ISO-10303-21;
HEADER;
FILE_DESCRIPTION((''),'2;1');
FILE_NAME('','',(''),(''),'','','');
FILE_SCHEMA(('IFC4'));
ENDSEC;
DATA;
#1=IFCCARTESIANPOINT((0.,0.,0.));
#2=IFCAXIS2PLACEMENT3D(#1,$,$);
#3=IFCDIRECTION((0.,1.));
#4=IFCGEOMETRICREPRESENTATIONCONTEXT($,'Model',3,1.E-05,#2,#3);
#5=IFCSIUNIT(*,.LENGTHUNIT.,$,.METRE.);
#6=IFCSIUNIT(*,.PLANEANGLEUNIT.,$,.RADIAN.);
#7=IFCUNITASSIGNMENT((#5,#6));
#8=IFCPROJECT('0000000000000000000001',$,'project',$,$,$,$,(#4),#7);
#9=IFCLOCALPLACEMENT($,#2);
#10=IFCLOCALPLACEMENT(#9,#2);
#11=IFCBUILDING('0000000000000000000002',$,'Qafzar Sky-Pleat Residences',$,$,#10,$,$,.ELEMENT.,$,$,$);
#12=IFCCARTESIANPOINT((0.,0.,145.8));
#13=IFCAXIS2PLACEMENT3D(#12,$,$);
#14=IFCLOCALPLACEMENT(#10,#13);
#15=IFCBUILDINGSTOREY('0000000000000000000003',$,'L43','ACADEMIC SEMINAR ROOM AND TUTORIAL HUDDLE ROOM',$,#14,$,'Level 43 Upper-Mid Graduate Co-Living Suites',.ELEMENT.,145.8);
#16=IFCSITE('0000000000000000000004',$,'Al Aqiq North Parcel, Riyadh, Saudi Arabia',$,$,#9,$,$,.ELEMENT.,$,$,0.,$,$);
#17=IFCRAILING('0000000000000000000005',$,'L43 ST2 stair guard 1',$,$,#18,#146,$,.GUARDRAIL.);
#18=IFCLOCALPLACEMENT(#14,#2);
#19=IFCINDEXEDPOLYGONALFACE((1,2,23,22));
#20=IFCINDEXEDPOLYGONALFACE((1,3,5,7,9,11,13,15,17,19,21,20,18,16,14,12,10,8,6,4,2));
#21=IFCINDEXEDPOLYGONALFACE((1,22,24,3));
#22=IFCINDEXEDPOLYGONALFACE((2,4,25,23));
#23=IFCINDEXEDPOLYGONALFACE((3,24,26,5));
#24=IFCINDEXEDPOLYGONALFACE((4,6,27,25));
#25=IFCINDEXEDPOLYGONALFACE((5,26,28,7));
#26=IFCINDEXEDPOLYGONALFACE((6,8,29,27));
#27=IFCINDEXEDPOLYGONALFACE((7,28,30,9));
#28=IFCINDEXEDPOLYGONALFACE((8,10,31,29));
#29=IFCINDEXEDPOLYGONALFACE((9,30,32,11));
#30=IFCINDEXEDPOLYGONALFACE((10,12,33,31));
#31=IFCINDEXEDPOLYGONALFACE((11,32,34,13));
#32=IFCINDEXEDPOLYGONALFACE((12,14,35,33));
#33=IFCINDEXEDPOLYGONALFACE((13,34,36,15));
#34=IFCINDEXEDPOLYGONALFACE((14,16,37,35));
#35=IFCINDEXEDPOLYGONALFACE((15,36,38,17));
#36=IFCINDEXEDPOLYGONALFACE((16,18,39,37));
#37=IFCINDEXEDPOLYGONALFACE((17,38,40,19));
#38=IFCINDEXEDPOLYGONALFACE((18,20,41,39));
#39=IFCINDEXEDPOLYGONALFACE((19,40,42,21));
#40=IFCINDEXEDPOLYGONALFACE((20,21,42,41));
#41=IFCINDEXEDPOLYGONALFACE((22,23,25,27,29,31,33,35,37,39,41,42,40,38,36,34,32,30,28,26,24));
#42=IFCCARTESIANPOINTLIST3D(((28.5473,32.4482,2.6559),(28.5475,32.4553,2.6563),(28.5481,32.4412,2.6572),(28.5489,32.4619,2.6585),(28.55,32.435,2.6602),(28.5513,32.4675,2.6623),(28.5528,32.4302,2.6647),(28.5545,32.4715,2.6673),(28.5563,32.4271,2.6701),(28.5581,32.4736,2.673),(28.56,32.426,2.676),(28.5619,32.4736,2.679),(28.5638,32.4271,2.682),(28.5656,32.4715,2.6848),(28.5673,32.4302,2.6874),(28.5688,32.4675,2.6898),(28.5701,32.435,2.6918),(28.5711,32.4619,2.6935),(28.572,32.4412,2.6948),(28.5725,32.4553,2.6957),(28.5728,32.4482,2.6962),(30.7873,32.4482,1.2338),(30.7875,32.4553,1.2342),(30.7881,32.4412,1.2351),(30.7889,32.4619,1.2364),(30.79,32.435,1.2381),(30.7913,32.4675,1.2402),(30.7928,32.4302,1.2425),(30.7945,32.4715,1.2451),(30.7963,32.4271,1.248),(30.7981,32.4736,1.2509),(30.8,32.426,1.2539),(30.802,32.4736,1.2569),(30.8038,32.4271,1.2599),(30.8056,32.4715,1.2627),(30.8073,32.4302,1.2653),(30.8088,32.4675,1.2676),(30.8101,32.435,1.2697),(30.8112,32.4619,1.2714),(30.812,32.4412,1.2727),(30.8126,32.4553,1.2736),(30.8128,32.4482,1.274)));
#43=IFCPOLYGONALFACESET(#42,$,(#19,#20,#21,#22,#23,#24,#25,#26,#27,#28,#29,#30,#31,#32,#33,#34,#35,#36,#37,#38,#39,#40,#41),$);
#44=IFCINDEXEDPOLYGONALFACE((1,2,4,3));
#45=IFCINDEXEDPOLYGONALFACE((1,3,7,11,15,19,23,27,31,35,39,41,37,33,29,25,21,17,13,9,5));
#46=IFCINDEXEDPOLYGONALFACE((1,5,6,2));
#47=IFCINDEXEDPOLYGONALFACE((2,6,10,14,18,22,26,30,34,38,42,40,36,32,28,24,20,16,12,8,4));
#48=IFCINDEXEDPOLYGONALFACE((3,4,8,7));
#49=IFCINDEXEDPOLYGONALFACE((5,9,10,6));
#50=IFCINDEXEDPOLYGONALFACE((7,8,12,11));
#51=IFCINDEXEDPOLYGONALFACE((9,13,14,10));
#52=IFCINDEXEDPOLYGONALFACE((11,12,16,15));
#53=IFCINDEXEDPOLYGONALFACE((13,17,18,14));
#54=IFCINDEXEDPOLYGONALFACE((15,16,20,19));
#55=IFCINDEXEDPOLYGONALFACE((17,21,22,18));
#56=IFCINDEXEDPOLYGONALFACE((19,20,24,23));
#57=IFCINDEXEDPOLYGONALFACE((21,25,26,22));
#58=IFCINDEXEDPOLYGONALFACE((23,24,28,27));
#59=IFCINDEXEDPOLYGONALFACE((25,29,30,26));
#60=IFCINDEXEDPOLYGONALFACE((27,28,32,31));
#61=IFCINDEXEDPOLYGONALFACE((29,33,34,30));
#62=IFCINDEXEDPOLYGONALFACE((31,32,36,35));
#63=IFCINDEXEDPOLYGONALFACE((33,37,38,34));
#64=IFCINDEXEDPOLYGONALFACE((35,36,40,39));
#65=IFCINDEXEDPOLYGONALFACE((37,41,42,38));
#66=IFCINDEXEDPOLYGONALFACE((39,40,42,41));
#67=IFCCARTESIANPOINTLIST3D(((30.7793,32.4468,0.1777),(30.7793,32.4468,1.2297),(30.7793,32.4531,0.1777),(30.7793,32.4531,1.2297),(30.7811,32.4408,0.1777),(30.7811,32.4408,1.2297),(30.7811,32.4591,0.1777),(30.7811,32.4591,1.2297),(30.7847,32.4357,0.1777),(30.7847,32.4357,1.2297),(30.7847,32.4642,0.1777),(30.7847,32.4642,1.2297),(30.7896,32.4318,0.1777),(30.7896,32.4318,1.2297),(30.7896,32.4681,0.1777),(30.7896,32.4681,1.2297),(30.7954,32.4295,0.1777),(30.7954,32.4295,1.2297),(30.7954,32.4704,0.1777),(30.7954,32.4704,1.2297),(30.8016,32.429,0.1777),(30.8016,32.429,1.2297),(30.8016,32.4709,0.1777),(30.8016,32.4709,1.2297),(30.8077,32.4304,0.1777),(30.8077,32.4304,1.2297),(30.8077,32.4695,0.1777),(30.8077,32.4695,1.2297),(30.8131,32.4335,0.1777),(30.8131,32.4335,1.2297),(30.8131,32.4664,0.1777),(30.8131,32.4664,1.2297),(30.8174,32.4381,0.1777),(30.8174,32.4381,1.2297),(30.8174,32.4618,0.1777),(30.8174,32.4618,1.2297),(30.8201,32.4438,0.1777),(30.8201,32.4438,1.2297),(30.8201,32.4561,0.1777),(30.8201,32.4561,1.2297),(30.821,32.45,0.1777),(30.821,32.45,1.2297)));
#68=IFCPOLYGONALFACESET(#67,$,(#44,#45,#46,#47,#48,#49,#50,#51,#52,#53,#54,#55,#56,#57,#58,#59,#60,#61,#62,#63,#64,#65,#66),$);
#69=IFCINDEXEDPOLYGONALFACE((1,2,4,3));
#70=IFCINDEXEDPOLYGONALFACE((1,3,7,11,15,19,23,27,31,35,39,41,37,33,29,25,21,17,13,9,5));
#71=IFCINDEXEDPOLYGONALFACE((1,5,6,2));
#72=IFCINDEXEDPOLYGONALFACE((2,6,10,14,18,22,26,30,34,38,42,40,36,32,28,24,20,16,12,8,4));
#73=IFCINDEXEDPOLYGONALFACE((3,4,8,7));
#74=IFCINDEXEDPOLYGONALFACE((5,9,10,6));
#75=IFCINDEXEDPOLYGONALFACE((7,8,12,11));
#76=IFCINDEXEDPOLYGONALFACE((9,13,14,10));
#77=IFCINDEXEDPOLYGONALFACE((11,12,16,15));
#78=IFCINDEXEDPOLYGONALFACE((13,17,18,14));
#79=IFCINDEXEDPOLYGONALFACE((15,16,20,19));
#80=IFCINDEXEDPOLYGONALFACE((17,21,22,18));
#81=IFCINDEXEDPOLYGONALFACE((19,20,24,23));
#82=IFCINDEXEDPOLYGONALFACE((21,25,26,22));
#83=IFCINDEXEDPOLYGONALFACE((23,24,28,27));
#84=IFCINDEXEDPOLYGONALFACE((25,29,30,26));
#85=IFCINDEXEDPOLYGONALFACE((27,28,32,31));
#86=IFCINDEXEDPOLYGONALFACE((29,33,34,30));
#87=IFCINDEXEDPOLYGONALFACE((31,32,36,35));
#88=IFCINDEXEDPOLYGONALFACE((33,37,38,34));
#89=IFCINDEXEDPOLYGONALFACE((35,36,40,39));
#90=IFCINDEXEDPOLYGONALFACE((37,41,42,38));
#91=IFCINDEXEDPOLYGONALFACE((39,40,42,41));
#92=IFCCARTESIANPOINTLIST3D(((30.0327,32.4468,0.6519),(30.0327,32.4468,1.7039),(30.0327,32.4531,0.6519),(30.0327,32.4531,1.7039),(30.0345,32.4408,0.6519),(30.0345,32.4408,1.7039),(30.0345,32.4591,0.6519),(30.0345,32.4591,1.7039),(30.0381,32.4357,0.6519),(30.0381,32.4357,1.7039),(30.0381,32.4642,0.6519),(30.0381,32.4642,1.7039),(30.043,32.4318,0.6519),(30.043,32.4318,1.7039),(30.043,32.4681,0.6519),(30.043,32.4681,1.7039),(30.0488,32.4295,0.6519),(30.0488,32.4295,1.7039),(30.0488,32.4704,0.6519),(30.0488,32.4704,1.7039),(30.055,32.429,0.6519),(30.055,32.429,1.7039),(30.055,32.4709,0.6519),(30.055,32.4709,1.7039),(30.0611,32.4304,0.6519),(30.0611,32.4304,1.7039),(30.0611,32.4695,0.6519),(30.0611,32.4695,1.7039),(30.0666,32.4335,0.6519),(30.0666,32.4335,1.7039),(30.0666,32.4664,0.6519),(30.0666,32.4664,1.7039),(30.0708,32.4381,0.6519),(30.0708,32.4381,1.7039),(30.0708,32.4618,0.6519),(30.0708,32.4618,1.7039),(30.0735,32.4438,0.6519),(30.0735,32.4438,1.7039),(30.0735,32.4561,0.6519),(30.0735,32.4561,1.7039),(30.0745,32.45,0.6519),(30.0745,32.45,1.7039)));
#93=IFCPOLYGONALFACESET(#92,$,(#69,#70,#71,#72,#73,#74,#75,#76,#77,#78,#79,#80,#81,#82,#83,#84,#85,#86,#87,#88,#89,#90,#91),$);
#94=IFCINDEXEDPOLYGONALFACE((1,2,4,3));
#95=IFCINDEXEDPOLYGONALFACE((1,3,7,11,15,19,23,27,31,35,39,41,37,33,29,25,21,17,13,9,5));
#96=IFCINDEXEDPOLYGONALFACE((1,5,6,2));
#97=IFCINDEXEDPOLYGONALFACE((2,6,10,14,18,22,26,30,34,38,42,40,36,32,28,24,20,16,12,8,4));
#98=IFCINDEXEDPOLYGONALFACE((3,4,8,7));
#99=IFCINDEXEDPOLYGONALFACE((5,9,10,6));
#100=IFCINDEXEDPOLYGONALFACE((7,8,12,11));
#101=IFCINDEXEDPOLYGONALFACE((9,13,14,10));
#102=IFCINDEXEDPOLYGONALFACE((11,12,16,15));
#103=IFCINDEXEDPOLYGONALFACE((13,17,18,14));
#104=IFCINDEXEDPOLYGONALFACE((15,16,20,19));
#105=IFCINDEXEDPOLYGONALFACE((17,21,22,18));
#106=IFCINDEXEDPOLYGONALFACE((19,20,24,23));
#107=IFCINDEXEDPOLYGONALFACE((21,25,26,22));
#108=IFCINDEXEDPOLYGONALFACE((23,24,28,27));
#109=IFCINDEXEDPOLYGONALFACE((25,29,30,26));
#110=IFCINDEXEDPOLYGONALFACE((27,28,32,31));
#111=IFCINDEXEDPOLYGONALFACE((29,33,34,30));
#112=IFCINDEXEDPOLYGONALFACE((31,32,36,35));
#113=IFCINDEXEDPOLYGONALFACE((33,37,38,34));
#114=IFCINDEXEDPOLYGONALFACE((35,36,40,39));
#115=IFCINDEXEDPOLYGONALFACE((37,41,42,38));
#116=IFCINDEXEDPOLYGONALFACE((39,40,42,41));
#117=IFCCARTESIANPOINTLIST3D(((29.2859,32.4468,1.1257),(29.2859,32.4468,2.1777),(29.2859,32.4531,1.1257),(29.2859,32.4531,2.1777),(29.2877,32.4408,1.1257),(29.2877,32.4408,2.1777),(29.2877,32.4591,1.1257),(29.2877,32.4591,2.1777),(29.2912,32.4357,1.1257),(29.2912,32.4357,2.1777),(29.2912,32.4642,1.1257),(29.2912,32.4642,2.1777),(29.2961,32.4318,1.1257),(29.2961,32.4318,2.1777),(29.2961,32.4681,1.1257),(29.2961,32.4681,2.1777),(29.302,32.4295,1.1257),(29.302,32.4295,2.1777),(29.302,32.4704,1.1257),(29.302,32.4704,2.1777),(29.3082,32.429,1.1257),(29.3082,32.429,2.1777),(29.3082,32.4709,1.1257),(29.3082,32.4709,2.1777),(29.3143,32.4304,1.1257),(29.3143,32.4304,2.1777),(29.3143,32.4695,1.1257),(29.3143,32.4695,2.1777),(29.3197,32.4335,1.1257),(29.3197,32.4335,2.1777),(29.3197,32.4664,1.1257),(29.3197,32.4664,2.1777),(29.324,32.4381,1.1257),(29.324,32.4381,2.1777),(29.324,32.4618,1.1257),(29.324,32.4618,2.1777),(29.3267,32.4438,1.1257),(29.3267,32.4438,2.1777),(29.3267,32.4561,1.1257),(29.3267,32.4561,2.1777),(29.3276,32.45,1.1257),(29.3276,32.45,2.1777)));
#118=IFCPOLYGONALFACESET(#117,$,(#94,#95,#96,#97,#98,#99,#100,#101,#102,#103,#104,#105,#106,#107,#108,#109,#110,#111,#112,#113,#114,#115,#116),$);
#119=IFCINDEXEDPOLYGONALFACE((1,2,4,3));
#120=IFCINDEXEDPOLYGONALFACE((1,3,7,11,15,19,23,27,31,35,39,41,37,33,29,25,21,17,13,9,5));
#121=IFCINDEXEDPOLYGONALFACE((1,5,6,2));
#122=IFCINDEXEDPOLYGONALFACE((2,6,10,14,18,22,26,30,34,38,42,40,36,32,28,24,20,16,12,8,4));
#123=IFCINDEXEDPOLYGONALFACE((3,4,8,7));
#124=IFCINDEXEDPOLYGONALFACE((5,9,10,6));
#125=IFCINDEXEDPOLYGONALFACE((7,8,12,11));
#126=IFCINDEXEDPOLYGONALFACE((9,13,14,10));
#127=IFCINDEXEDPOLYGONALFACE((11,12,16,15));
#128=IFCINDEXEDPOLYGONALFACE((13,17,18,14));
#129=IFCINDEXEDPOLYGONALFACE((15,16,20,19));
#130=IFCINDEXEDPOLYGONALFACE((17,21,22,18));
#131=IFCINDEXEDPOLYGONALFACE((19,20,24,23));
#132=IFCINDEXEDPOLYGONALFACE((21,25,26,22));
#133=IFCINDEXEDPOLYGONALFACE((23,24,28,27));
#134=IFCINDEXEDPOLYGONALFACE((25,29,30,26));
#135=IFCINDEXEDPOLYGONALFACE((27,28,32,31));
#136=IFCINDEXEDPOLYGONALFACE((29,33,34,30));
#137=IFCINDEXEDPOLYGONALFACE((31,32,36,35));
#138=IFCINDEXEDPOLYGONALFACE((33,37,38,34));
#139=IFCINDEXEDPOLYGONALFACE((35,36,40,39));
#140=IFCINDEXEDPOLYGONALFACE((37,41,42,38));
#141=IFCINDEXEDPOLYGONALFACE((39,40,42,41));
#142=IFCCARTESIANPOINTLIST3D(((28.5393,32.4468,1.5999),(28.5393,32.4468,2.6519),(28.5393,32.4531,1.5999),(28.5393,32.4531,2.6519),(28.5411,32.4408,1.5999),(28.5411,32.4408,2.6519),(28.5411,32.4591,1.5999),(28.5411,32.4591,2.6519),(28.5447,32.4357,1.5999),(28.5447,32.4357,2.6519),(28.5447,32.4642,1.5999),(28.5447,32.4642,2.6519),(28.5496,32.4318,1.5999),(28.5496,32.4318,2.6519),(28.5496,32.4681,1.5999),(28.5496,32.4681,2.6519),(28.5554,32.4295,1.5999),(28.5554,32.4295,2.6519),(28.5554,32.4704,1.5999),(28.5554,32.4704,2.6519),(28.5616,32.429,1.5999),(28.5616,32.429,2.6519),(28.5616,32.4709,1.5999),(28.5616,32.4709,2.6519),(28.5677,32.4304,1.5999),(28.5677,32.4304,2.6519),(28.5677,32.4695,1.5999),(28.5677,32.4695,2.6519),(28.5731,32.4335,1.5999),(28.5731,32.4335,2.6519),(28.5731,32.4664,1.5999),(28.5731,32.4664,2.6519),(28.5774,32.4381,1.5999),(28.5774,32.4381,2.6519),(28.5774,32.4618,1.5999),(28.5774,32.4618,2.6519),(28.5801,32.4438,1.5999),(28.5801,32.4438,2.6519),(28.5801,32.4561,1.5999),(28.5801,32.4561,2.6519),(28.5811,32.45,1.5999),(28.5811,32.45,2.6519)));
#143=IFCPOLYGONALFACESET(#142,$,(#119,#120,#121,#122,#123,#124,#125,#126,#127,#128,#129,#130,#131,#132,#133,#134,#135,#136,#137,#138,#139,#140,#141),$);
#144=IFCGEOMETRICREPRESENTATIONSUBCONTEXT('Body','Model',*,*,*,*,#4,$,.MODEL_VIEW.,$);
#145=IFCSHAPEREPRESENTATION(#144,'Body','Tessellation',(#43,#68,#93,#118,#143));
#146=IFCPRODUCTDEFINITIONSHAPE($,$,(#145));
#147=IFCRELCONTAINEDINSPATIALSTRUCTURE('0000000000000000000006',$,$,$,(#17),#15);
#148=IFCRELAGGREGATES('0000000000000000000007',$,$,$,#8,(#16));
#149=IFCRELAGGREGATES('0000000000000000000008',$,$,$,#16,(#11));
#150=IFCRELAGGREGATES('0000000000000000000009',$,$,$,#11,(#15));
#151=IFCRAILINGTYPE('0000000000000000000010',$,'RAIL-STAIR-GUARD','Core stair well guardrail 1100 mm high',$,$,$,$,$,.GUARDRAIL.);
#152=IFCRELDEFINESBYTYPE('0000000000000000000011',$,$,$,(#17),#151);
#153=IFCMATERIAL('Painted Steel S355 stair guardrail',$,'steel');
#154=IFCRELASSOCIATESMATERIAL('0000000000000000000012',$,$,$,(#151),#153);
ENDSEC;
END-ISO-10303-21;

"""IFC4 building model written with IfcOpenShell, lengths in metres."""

from ifc_helpers import new_model, si_unit, direction, frame, origin, origin_2d, place, context, subcontext, project, spatial, circle, extrude, source, transform, mapped, material, type_object, element, save


model = new_model("IFC4")

# Units and contexts
model_context = context("Model", 3, precision=1e-05, world=origin(), true_north=direction((0.0, 1.0)))
body_context = subcontext(model_context, "Body", "Model", "MODEL_VIEW")
ifc_project = project(units=[si_unit("LENGTHUNIT", "METRE"), si_unit("PLANEANGLEUNIT", "RADIAN")], contexts=[model_context])

# Site, building, storey
site_placement = place(None, origin())
site = spatial("IfcSite", under=ifc_project, at=site_placement, Name="Al Aqiq North Parcel, Riyadh, Saudi Arabia", CompositionType="ELEMENT", RefElevation=0.0)
building_placement = place(site_placement, origin())
building = spatial("IfcBuilding", under=site, at=building_placement, Name="Qafzar Sky-Pleat Residences", CompositionType="ELEMENT")
storey_placement = place(building_placement, frame((0.0, 0.0, 145.8)))
storey = spatial("IfcBuildingStorey", under=building, at=storey_placement, Name="L43", Description="ACADEMIC SEMINAR ROOM AND TUTORIAL HUDDLE ROOM", LongName="Level 43 Upper-Mid Graduate Co-Living Suites", CompositionType="ELEMENT", Elevation=145.8)

# Railing
ifc_material_1 = material(Name="Painted Steel S355 stair guardrail", Category="steel")
railing_type_1 = type_object("IfcRailingType", Name="RAIL-STAIR-GUARD", Description="Core stair well guardrail 1100 mm high", PredefinedType="GUARDRAIL", material=ifc_material_1)
shared_shape_1 = source(origin(), body_context, "Body", "SweptSolid", [
    extrude(circle(Radius=0.0239, at=origin_2d()), frame((0.0, 0.0, 1.0762), z_axis=(-0.844229, 0.0, 0.535982), x_axis=(0.0, -1.0, 0.0)), (0.0, 0.0, 1.0), 2.6533),
    extrude(circle(Radius=0.021, at=origin_2d()), origin(), (0.0, 0.0, 1.0), 1.052),
    extrude(circle(Radius=0.021, at=origin_2d()), frame((-0.7466, 0.0, 0.4741)), (0.0, 0.0, 1.0), 1.052),
    extrude(circle(Radius=0.021, at=origin_2d()), frame((-1.4934, 0.0, 0.948)), (0.0, 0.0, 1.0), 1.052),
    extrude(circle(Radius=0.021, at=origin_2d()), frame((-2.24, 0.0, 1.4221)), (0.0, 0.0, 1.0), 1.052),
])
railing_1_placement = place(storey_placement, frame((30.8, 32.45, 0.1777)))
element("IfcRailing", 1, at=railing_1_placement, inside=storey, type_object=railing_type_1, Name="L43 ST2 stair guard 1", PredefinedType="GUARDRAIL", context=body_context, shape_type="MappedRepresentation", body=[
    mapped(shared_shape_1, transform((0.0, 0.0, 0.0), x_axis=(1.0, 0.0, 0.0), y_axis=(0.0, 1.0, 0.0), z_axis=(0.0, 0.0, 1.0), scale=1.0)),
])

save(model, "model.ifc")
